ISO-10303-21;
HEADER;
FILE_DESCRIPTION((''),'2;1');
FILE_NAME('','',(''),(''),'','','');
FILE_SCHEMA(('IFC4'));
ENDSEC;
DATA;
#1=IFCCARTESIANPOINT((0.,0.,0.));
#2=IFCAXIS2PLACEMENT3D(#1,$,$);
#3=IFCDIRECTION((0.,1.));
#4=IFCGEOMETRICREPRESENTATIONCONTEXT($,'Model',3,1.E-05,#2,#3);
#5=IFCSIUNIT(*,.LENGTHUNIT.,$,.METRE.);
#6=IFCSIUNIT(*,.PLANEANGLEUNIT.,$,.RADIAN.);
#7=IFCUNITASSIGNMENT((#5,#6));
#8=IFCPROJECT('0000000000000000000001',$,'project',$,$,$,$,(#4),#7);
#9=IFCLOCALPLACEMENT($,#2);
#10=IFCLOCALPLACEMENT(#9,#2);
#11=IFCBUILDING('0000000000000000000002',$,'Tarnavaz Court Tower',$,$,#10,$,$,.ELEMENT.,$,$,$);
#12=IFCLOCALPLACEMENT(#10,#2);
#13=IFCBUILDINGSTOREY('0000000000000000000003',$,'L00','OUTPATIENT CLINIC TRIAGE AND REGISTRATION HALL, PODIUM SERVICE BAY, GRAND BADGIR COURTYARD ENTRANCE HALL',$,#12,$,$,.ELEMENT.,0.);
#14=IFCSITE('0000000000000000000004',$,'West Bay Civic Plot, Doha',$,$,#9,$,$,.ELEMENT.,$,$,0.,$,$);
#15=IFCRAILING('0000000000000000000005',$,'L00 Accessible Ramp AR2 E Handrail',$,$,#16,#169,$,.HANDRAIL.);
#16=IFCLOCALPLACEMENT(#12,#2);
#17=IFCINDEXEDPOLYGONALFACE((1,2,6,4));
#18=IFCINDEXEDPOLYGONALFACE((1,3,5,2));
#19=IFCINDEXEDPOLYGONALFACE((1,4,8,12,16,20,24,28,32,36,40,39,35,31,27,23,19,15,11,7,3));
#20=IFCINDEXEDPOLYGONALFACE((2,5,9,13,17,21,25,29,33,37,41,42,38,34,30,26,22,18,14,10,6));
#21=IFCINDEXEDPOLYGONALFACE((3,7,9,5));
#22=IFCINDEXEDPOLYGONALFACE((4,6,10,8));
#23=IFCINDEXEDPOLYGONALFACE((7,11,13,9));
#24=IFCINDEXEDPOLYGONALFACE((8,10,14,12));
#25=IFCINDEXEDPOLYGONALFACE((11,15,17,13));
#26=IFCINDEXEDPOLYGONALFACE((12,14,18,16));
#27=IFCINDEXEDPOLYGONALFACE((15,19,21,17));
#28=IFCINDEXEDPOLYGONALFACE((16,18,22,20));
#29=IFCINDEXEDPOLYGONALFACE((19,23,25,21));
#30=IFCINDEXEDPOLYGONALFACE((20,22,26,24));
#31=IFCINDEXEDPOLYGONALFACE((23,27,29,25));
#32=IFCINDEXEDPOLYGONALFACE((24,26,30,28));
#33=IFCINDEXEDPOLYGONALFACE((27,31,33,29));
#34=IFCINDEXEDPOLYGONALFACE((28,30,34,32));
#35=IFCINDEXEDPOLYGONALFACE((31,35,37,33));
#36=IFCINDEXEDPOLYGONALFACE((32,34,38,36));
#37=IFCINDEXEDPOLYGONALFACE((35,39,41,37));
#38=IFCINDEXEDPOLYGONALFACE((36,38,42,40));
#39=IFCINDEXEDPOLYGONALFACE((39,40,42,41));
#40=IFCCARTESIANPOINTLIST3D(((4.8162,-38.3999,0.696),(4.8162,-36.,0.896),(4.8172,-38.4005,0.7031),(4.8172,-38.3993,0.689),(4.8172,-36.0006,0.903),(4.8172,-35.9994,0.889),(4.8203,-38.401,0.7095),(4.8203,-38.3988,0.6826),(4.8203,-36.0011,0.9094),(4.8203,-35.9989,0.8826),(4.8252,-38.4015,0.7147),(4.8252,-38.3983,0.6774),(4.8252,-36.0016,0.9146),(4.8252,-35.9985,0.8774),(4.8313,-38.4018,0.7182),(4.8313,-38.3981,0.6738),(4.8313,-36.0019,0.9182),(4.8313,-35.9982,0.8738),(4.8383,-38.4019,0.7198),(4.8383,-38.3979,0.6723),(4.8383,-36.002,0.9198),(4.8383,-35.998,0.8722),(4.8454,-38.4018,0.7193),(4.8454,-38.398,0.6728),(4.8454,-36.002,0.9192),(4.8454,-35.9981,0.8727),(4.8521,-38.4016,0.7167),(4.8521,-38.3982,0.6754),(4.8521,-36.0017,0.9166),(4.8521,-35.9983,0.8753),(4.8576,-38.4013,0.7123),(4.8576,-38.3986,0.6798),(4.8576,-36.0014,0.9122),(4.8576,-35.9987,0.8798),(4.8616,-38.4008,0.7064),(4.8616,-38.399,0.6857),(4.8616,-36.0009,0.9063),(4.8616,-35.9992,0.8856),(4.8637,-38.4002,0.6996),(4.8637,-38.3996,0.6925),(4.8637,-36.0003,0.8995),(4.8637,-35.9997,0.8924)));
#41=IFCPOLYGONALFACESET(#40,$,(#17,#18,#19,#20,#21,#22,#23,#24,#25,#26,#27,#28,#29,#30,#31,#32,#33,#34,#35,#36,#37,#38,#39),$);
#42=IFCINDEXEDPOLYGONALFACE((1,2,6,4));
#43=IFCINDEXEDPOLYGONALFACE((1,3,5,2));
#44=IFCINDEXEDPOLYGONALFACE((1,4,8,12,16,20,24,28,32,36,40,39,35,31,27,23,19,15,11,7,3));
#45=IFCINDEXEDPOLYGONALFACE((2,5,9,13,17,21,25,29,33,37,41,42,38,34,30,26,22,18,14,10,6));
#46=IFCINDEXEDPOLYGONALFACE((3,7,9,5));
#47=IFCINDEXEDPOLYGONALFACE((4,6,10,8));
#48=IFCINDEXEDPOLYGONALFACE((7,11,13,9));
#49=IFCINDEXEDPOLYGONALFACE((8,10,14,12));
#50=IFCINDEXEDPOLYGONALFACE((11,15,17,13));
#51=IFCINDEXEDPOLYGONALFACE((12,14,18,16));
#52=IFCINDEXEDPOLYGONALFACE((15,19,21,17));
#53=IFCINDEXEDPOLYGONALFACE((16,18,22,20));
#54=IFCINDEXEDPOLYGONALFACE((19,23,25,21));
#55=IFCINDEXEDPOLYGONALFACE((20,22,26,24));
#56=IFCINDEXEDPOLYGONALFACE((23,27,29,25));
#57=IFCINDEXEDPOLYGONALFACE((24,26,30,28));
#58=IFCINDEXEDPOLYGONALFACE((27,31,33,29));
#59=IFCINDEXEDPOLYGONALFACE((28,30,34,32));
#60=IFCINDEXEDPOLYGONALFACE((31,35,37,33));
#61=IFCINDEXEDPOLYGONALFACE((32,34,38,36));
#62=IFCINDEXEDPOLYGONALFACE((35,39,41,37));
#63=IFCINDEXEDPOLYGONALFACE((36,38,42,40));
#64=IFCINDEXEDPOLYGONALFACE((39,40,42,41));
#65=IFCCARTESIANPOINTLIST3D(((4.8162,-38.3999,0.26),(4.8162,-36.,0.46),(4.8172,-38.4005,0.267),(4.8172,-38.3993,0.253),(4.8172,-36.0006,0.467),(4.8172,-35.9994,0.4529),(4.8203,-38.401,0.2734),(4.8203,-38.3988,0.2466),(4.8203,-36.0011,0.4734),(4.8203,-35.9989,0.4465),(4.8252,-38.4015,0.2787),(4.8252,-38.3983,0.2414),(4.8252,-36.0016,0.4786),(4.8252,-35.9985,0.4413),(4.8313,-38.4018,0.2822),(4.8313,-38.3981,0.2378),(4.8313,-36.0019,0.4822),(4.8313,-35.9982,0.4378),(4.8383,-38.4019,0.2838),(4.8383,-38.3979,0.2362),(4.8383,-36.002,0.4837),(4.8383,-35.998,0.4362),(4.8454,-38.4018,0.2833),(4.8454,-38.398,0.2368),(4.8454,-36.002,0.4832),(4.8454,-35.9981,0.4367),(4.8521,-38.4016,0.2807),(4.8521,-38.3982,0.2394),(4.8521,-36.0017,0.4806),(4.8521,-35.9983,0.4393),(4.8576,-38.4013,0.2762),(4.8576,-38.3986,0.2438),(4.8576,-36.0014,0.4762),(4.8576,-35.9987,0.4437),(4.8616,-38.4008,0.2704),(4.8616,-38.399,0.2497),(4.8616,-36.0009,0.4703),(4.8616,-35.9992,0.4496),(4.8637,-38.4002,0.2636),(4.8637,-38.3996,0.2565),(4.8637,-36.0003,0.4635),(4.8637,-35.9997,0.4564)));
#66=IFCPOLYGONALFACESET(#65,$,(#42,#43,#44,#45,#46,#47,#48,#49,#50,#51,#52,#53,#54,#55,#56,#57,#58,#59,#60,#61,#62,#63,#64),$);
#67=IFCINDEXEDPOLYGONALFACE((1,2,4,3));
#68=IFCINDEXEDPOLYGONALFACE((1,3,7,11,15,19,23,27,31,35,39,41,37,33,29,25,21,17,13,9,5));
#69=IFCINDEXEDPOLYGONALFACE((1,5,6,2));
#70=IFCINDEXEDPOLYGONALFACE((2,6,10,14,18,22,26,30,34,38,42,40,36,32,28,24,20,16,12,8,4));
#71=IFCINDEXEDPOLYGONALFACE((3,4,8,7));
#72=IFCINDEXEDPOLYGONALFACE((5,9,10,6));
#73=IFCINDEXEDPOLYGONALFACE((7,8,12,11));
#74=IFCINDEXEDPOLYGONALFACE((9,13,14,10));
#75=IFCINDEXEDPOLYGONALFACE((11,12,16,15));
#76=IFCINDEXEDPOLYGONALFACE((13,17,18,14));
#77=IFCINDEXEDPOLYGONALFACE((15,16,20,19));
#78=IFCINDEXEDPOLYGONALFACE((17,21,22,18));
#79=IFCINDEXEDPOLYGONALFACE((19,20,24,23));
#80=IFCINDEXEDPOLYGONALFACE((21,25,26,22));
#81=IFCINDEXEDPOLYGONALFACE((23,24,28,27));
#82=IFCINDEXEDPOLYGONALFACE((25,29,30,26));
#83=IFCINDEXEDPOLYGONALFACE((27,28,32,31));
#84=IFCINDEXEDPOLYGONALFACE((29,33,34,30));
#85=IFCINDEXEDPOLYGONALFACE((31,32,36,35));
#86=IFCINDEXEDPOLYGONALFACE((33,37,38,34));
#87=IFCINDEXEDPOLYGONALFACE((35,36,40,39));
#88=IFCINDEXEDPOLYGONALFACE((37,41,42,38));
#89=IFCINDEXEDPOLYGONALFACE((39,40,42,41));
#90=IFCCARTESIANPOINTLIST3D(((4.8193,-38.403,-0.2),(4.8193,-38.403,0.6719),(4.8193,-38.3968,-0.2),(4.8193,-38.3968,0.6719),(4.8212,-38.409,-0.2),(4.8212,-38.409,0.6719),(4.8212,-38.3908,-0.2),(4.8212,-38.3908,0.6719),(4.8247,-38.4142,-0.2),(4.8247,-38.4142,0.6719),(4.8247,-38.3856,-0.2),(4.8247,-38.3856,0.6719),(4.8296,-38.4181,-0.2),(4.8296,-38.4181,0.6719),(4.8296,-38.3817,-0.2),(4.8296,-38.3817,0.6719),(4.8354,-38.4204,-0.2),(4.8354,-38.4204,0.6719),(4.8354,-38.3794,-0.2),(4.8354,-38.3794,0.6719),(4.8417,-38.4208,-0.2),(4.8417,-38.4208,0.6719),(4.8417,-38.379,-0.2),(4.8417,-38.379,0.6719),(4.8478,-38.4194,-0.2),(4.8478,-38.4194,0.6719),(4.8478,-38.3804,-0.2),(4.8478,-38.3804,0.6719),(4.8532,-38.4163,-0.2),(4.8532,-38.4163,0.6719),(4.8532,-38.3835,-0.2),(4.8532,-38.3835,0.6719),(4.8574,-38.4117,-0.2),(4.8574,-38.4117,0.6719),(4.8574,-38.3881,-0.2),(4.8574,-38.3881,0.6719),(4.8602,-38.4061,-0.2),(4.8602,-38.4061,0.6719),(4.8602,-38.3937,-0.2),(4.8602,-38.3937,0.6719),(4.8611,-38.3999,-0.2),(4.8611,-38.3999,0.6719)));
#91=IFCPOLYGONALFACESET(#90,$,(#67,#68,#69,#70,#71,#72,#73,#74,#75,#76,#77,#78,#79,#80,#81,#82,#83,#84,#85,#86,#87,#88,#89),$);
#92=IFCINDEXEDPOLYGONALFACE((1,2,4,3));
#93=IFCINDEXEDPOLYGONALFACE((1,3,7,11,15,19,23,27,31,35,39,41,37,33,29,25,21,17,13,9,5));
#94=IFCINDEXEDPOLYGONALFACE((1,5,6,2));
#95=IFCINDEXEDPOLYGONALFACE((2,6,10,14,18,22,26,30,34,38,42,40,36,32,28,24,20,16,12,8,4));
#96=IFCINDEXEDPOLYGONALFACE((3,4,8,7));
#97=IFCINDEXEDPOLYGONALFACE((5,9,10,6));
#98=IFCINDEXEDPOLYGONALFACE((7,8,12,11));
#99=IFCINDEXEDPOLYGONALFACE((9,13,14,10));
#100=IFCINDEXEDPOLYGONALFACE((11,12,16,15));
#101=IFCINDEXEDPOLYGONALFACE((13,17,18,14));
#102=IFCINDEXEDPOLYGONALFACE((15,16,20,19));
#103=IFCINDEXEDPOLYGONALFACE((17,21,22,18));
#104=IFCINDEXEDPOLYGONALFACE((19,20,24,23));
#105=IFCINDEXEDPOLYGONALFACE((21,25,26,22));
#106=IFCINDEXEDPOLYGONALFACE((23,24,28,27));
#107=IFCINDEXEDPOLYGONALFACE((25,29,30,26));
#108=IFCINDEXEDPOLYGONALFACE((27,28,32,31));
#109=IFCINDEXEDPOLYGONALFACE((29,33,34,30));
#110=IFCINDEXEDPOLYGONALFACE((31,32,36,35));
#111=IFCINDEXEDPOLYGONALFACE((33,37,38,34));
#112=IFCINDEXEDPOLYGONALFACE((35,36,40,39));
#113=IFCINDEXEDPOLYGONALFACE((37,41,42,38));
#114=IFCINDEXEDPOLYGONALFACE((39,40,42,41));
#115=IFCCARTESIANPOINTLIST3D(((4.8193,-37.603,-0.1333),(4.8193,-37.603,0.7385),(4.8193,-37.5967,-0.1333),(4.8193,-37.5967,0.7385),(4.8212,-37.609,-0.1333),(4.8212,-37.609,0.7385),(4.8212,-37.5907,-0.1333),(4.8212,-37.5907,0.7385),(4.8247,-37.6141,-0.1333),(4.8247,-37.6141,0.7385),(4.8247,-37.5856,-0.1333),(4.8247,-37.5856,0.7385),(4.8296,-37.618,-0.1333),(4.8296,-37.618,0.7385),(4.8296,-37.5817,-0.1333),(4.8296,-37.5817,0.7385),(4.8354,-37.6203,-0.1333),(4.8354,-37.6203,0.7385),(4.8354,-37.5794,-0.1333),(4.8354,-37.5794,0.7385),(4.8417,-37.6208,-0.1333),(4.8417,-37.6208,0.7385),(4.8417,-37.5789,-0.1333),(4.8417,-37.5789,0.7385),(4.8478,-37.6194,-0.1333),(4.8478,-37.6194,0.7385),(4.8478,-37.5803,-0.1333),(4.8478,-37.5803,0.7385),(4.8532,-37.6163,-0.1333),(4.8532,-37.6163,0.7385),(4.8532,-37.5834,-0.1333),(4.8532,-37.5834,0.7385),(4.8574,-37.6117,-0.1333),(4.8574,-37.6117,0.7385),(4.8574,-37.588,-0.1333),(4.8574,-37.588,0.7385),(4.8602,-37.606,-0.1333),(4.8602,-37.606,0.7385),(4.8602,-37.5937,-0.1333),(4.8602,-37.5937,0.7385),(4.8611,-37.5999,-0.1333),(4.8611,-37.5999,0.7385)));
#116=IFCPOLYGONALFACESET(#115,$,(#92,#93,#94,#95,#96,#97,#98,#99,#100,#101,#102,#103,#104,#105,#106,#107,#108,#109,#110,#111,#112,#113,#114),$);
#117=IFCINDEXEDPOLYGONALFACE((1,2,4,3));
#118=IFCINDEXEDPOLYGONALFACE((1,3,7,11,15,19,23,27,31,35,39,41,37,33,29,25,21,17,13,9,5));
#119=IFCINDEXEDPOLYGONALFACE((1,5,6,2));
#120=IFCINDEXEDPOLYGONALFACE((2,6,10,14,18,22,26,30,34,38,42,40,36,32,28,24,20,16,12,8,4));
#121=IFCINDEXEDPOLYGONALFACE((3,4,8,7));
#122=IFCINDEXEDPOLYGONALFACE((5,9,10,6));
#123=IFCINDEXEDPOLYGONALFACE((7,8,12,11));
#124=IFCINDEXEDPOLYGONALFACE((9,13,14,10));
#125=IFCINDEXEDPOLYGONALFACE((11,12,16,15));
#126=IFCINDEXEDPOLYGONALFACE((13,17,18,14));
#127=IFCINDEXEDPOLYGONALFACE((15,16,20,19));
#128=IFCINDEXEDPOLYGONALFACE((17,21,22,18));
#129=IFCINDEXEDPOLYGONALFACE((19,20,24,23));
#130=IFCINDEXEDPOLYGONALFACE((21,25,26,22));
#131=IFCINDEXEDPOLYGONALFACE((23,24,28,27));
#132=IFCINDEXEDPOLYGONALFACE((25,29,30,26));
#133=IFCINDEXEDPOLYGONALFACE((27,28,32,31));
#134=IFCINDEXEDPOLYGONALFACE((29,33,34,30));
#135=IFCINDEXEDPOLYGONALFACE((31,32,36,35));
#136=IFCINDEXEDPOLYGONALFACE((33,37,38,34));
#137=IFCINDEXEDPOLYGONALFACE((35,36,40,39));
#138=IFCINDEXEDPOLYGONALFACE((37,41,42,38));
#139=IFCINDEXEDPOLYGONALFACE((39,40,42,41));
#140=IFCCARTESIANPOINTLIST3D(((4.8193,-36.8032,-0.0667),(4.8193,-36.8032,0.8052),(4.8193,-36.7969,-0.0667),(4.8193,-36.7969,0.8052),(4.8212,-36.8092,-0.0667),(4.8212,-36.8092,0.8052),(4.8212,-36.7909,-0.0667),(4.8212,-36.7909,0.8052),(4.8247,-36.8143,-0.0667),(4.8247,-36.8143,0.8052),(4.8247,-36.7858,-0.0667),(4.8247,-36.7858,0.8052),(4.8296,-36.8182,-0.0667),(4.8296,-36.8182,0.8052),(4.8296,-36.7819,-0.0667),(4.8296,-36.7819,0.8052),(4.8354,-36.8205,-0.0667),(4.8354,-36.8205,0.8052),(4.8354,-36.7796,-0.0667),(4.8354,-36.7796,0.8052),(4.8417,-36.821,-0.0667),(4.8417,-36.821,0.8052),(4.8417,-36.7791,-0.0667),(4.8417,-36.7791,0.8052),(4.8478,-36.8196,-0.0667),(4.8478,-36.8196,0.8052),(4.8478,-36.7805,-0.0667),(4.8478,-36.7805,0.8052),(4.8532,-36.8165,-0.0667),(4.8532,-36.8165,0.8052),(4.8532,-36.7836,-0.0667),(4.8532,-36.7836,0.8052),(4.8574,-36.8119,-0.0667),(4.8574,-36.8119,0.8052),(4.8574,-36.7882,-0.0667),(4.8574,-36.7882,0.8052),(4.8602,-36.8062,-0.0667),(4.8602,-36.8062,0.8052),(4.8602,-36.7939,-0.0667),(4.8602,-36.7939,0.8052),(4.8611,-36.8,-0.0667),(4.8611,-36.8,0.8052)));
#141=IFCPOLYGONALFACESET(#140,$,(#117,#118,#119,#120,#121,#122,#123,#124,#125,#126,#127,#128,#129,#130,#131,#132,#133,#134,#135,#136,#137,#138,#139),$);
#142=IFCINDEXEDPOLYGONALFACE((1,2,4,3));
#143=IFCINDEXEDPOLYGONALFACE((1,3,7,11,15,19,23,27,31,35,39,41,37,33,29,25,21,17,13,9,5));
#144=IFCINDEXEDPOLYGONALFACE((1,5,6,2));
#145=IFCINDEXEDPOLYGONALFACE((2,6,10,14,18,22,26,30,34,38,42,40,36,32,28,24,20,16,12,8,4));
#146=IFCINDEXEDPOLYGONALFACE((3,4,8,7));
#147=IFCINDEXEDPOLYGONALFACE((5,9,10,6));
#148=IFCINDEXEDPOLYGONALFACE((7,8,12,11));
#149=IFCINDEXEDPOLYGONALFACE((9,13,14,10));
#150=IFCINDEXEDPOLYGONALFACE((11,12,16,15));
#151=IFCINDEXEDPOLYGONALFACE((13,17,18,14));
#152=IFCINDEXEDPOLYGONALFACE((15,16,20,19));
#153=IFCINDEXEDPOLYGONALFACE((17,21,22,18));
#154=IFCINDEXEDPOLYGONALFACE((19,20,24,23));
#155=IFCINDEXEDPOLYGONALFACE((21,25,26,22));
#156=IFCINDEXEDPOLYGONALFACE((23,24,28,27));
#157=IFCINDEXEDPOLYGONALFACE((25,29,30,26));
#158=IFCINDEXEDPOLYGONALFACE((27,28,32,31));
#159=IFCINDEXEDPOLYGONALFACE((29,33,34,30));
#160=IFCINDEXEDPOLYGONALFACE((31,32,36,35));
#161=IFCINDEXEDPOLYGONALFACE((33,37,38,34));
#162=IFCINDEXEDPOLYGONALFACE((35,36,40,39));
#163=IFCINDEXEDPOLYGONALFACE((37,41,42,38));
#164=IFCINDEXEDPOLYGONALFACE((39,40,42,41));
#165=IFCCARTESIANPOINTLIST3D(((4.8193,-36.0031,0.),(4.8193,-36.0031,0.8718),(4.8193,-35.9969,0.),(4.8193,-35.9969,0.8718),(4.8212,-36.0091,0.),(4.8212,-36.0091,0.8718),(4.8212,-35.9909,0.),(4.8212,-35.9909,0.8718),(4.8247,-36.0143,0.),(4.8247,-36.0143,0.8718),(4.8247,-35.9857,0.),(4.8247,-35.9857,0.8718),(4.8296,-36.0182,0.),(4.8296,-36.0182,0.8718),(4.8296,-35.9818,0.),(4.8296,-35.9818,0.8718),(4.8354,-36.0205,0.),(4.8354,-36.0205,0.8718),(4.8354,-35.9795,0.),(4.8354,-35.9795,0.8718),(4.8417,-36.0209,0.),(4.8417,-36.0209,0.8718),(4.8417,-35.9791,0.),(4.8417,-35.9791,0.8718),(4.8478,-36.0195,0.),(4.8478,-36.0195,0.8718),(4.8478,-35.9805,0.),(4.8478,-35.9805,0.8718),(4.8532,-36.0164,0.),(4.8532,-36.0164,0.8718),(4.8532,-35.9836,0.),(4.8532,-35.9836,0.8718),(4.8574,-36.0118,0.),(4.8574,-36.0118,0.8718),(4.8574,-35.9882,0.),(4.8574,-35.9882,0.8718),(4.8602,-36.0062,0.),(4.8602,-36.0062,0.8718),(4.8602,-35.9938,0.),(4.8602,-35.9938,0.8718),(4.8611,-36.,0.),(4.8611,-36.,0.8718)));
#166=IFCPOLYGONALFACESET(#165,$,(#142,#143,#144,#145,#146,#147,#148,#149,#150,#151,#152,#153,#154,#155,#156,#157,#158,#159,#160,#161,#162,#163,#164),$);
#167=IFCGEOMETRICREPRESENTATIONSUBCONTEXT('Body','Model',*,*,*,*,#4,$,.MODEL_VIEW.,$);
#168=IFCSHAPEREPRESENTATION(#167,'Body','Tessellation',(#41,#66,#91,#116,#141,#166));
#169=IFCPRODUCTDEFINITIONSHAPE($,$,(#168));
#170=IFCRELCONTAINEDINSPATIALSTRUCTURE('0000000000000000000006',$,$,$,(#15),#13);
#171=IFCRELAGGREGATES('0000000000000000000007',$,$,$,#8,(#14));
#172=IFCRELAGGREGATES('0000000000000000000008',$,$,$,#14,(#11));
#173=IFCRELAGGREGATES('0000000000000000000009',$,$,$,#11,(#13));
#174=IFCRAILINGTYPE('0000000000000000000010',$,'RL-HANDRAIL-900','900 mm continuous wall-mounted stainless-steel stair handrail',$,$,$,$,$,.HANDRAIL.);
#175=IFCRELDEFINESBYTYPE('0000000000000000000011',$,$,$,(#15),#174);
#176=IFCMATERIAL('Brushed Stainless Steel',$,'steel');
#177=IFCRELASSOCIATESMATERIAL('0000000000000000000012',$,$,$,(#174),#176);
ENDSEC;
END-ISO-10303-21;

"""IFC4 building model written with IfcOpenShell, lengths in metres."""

from ifc_helpers import new_model, si_unit, direction, frame, origin, origin_2d, place, context, subcontext, project, spatial, circle, extrude, material, type_object, element, save


model = new_model("IFC4")

# Units and contexts
model_context = context("Model", 3, precision=1e-05, world=origin(), true_north=direction((0.0, 1.0)))
body_context = subcontext(model_context, "Body", "Model", "MODEL_VIEW")
ifc_project = project(units=[si_unit("LENGTHUNIT", "METRE"), si_unit("PLANEANGLEUNIT", "RADIAN")], contexts=[model_context])

# Site, building, storey
site_placement = place(None, origin())
site = spatial("IfcSite", under=ifc_project, at=site_placement, Name="West Bay Civic Plot, Doha", CompositionType="ELEMENT", RefElevation=0.0)
building_placement = place(site_placement, origin())
building = spatial("IfcBuilding", under=site, at=building_placement, Name="Tarnavaz Court Tower", CompositionType="ELEMENT")
storey_placement = place(building_placement, origin())
storey = spatial("IfcBuildingStorey", under=building, at=storey_placement, Name="L00", Description="OUTPATIENT CLINIC TRIAGE AND REGISTRATION HALL, PODIUM SERVICE BAY, GRAND BADGIR COURTYARD ENTRANCE HALL", CompositionType="ELEMENT", Elevation=0.0)

# Railing
ifc_material_1 = material(Name="Brushed Stainless Steel", Category="steel")
railing_type = type_object("IfcRailingType", Name="RL-HANDRAIL-900", Description="900 mm continuous wall-mounted stainless-steel stair handrail", PredefinedType="HANDRAIL", material=ifc_material_1)
for number, where, name in (
    (1, (4.8401, -38.3999, -0.2), "L00 Accessible Ramp AR2 E Handrail"),
):
    element("IfcRailing", number, at=place(storey_placement, frame(where)), inside=storey, type_object=railing_type, Name=name, PredefinedType="HANDRAIL", context=body_context, shape_type="SweptSolid", body=[
        extrude(circle(Radius=0.0239, at=origin_2d()), frame((0.0, 0.0, 0.896), z_axis=(0.0, 0.996547, 0.083029), x_axis=(-1.0, 0.0, 0.0)), (0.0, 0.0, 1.0), 2.4082),
        extrude(circle(Radius=0.0239, at=origin_2d()), frame((0.0, 0.0, 0.46), z_axis=(0.0, 0.996547, 0.083029), x_axis=(-1.0, 0.0, 0.0)), (0.0, 0.0, 1.0), 2.4082),
        extrude(circle(Radius=0.021, at=origin_2d()), origin(), (0.0, 0.0, 1.0), 0.8718),
        extrude(circle(Radius=0.021, at=origin_2d()), frame((0.0, 0.8, 0.0667)), (0.0, 0.0, 1.0), 0.8718),
        extrude(circle(Radius=0.021, at=origin_2d()), frame((0.0, 1.5999, 0.1333)), (0.0, 0.0, 1.0), 0.8718),
        extrude(circle(Radius=0.021, at=origin_2d()), frame((0.0, 2.3999, 0.2)), (0.0, 0.0, 1.0), 0.8718),
    ])

save(model, "model.ifc")
